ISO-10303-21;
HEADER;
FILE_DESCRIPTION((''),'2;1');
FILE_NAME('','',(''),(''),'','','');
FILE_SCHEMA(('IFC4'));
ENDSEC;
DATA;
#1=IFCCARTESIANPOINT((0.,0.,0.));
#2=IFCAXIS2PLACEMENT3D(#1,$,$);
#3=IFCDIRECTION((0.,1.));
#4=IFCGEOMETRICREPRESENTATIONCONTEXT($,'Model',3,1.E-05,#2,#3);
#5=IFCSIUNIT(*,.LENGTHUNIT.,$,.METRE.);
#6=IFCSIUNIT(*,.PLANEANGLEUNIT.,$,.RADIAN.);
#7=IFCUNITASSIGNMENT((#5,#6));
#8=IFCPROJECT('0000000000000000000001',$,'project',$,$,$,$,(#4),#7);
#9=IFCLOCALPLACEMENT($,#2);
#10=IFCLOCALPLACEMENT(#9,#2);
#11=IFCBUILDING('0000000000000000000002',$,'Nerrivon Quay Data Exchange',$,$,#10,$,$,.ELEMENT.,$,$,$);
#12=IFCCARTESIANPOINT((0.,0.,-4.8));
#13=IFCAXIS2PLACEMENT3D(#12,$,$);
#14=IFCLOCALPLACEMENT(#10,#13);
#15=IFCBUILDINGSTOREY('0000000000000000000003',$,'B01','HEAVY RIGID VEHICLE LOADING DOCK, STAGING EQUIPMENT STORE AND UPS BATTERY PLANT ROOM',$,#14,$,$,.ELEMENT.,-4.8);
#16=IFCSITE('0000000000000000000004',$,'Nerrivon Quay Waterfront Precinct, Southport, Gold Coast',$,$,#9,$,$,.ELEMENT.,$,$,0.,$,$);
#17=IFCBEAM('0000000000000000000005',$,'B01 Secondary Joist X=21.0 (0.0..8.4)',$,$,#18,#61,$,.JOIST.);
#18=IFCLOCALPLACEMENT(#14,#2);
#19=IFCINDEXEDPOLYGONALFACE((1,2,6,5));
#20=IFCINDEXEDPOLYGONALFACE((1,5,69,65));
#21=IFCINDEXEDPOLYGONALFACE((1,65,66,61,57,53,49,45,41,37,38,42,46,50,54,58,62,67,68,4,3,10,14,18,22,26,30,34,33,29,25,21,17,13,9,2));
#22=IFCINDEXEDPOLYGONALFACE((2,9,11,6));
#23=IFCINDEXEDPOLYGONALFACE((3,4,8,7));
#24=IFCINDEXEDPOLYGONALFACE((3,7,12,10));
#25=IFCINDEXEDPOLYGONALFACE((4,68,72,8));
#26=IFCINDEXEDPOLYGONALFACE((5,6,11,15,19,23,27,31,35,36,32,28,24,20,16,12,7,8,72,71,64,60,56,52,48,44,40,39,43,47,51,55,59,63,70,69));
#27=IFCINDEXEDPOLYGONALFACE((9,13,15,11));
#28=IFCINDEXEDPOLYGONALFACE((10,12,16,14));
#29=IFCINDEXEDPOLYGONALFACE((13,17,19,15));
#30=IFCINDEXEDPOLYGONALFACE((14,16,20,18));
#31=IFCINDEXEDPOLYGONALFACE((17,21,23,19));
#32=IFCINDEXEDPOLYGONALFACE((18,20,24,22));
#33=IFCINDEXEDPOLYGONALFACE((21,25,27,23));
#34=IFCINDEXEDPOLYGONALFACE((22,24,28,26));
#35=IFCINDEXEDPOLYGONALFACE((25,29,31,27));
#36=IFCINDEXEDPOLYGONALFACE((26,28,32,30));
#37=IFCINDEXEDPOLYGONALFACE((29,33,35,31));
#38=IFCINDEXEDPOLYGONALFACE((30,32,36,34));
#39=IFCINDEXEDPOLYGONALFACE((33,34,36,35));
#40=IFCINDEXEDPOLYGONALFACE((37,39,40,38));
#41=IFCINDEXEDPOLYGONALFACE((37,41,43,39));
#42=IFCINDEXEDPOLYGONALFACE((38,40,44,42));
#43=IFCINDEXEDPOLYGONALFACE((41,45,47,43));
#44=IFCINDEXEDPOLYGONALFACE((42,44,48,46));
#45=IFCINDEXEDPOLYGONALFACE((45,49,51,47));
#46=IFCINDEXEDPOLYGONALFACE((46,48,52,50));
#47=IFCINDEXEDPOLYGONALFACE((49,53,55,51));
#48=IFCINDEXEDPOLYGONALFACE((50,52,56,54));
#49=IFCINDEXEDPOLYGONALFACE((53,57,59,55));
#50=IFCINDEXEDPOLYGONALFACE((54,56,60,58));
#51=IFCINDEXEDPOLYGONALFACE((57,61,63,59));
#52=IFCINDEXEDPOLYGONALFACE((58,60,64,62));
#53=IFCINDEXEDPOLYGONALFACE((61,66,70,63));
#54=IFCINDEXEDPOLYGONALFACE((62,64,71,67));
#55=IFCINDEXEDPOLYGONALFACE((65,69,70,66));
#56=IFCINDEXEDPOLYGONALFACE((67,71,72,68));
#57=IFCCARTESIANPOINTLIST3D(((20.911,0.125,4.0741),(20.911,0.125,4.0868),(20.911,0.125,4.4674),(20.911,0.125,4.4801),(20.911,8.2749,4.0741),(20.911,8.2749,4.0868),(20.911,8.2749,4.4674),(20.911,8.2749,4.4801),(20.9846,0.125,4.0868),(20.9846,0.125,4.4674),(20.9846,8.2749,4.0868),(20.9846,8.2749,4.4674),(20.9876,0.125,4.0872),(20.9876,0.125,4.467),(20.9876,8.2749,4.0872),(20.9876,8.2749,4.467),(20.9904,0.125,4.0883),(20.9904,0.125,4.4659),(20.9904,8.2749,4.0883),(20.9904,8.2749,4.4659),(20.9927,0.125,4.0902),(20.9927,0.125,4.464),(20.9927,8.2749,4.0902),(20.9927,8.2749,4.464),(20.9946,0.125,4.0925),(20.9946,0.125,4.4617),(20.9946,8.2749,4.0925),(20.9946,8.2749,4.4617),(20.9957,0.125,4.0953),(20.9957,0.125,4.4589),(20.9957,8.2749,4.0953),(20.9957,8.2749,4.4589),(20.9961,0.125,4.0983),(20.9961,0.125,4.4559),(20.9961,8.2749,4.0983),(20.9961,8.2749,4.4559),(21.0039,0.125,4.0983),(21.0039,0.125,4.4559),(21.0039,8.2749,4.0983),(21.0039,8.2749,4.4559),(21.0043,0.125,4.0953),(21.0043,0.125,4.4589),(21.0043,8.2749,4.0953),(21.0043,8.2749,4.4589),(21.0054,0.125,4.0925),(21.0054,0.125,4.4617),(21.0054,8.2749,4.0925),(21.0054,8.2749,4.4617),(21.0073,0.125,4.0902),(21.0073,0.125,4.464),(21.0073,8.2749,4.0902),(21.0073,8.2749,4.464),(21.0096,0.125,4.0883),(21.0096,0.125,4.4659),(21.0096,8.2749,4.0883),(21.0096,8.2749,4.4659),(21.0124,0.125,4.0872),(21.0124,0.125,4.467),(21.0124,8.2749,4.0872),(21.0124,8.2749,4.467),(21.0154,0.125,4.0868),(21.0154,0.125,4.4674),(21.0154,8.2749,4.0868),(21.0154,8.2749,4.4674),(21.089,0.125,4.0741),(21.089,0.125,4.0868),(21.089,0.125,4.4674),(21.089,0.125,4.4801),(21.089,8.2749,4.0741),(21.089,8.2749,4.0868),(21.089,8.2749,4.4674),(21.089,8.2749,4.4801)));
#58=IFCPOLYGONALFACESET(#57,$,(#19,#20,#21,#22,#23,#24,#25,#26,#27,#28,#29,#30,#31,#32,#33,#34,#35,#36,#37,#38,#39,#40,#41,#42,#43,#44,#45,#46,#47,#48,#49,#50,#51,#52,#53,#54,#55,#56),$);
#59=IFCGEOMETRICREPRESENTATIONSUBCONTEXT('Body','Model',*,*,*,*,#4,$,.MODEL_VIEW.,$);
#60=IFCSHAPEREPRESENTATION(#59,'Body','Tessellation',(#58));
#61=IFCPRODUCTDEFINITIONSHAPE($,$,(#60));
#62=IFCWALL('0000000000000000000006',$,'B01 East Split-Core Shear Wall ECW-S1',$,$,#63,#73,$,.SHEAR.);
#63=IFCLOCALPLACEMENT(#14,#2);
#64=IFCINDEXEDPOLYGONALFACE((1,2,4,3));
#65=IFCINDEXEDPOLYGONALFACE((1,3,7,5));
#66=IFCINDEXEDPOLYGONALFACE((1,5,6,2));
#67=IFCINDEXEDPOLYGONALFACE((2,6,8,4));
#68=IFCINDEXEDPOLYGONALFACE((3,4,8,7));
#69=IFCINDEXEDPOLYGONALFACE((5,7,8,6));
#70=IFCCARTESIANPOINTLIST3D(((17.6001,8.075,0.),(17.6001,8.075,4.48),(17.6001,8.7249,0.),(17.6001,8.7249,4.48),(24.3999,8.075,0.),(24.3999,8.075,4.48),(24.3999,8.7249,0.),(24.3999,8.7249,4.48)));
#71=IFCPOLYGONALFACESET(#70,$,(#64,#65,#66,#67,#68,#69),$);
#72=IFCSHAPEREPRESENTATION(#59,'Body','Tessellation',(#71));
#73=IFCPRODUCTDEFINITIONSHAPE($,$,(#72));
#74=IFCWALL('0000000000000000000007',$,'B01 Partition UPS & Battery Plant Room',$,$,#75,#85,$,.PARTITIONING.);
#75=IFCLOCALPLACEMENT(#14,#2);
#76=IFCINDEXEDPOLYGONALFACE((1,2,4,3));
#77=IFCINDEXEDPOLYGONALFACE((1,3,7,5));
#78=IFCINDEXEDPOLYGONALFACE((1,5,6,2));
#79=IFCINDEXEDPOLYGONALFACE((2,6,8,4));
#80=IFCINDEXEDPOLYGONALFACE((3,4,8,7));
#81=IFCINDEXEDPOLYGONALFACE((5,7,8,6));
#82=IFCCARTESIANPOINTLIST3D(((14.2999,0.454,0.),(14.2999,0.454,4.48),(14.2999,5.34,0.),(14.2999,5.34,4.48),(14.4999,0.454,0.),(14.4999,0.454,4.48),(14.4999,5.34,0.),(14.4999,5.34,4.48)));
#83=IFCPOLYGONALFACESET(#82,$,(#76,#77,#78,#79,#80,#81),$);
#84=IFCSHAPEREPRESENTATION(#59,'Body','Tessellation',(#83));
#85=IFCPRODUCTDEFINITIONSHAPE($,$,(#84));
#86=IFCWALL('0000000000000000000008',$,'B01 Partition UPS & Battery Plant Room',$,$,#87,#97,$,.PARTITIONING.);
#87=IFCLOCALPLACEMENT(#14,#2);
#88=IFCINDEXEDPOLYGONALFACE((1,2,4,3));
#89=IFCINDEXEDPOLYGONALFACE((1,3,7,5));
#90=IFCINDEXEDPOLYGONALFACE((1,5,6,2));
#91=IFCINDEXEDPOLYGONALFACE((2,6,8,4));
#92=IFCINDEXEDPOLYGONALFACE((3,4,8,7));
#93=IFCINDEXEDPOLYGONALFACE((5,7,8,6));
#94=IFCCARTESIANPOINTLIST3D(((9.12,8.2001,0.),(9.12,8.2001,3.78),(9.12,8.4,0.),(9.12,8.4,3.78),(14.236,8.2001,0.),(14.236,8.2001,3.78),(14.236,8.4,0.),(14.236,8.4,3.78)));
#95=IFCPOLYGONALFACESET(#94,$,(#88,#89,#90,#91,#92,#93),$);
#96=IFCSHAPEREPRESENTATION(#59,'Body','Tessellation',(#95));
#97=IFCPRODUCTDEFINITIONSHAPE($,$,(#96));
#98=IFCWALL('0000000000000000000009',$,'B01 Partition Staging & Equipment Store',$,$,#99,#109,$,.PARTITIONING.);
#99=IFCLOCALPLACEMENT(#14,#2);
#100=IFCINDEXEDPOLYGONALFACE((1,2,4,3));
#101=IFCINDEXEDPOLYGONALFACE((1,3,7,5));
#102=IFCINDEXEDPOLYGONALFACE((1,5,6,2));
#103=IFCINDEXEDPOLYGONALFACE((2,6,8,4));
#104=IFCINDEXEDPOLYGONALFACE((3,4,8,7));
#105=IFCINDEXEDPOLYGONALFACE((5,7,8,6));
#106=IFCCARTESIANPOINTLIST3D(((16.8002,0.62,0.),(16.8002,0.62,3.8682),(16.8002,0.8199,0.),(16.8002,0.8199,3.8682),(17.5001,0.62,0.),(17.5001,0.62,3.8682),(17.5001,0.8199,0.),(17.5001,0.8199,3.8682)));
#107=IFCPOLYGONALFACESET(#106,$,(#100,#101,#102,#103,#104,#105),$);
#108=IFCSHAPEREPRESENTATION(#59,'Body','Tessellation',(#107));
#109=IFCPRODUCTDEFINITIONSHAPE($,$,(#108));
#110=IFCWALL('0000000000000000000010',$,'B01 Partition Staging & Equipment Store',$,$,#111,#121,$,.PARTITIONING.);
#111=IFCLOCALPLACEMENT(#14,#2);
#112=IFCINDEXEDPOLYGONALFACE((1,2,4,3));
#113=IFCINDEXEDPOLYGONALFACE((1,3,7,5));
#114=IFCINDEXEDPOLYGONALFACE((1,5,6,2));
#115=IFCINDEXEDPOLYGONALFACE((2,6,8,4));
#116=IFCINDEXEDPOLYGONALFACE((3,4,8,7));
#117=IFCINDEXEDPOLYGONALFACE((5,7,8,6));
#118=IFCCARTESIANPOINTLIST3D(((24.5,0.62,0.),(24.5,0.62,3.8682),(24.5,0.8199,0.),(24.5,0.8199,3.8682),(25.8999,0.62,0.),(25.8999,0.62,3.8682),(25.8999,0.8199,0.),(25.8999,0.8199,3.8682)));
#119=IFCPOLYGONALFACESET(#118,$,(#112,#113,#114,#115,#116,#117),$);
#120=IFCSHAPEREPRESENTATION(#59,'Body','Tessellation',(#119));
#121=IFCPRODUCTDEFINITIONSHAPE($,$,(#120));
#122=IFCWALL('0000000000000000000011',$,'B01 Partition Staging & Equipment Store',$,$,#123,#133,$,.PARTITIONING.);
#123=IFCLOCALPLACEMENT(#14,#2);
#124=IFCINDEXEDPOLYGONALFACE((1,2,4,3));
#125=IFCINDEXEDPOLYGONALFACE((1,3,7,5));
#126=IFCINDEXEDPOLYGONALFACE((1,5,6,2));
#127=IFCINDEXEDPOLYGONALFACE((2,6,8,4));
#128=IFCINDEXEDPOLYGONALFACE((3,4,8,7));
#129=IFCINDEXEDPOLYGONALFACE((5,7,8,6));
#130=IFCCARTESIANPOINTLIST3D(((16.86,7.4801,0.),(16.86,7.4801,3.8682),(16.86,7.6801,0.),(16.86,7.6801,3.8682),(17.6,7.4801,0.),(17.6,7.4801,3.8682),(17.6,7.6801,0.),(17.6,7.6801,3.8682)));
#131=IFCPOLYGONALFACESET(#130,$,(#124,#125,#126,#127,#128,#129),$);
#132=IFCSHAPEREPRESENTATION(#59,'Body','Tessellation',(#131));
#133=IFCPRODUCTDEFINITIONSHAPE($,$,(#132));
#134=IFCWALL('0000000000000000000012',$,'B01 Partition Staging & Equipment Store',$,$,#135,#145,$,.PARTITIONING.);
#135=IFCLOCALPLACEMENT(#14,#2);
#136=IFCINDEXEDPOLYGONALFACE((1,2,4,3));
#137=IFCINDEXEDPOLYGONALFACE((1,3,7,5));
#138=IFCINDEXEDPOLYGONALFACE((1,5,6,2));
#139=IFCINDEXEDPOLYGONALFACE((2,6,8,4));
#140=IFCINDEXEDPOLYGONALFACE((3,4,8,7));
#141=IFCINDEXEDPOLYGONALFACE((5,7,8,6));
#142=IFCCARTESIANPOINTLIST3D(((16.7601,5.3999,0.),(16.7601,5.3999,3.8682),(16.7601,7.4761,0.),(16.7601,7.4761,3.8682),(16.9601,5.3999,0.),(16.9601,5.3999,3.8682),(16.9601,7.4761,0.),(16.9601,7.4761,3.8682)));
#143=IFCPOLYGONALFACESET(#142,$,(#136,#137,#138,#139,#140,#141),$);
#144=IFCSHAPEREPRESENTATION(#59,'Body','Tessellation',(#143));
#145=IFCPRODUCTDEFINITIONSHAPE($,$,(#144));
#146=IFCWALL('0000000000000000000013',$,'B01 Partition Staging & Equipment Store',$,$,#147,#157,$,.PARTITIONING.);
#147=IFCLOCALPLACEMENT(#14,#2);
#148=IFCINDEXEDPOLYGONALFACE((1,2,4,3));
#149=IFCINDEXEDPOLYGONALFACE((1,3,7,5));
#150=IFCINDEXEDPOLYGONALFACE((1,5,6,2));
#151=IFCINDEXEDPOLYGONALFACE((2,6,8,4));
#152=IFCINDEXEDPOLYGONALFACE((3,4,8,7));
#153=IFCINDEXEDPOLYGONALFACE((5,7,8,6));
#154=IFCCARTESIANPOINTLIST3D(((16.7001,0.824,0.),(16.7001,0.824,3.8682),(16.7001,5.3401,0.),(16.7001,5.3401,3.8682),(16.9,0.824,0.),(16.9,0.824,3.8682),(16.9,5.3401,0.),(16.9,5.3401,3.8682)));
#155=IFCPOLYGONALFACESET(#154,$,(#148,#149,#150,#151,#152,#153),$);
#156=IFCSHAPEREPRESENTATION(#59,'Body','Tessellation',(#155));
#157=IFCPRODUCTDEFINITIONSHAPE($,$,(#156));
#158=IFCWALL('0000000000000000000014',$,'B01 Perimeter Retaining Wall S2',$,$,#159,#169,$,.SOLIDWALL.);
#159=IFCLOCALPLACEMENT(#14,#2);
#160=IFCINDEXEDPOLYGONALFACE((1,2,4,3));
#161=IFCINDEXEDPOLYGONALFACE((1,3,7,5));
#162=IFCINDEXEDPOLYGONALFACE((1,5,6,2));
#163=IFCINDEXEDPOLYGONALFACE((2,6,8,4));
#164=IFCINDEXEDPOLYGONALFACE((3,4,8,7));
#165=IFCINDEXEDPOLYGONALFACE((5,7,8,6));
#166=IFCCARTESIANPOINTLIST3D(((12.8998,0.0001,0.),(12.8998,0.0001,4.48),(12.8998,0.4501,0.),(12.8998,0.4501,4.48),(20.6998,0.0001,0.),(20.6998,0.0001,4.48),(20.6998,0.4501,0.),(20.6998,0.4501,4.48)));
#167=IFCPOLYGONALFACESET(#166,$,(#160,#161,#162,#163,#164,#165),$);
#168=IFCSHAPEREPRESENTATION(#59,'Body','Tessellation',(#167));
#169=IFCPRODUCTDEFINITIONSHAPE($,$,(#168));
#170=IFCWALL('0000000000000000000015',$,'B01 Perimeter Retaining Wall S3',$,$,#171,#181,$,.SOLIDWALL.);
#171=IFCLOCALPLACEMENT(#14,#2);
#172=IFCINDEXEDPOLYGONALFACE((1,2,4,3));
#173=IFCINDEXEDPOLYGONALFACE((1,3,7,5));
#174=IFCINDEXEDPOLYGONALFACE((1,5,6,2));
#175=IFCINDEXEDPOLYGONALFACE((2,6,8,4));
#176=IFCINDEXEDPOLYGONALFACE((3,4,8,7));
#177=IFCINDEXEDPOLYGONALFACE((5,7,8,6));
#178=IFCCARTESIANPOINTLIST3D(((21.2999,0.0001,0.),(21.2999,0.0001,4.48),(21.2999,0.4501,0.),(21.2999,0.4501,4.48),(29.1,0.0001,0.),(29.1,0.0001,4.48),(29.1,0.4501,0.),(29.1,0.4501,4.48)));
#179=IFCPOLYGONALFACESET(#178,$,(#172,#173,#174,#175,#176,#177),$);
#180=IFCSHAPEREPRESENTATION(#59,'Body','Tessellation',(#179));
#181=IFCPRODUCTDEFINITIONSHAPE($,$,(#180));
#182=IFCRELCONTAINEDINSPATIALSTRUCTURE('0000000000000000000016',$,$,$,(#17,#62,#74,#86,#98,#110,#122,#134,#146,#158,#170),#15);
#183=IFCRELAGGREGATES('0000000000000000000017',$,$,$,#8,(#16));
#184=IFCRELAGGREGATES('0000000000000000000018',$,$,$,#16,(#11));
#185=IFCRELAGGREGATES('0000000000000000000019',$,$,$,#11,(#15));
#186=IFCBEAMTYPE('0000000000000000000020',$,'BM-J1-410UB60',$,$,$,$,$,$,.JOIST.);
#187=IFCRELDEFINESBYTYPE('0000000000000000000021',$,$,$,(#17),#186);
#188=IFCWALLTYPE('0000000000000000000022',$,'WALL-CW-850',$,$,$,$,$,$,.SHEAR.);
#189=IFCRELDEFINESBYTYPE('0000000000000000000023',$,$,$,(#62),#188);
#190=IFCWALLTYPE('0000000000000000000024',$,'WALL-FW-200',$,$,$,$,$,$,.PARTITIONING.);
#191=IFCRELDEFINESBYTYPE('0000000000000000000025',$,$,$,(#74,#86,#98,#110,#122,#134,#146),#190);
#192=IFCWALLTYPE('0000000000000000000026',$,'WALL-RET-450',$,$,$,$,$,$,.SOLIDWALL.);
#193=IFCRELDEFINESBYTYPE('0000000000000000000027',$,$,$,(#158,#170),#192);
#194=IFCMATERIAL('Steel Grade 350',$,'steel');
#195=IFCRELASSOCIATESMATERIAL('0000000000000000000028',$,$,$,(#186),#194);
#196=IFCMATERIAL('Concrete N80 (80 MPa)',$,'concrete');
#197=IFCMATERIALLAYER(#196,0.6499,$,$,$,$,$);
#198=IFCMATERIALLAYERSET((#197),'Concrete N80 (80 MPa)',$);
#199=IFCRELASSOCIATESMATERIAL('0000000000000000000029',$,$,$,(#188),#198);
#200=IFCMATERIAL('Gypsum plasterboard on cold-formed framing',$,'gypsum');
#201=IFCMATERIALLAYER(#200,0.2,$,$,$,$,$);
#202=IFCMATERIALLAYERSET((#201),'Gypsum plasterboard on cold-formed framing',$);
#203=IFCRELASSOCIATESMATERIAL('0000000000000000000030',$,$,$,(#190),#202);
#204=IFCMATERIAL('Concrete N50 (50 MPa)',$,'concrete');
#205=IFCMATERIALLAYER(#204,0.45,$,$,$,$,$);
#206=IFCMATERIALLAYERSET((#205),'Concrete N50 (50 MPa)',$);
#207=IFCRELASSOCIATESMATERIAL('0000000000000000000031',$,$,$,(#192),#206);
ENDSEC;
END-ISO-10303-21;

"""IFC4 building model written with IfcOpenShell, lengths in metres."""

from ifc_helpers import new_model, si_unit, direction, frame, frame_2d, origin, origin_2d, place, context, subcontext, project, spatial, rectangle, i_section, extrude, material, layer, layer_set, material_profile, profile_set, type_object, element, save


model = new_model("IFC4")

# Units and contexts
model_context = context("Model", 3, precision=1e-05, world=origin(), true_north=direction((0.0, 1.0)))
body_context = subcontext(model_context, "Body", "Model", "MODEL_VIEW")
ifc_project = project(units=[si_unit("LENGTHUNIT", "METRE"), si_unit("PLANEANGLEUNIT", "RADIAN")], contexts=[model_context])

# Site, building, storey
site_placement = place(None, origin())
site = spatial("IfcSite", under=ifc_project, at=site_placement, Name="Nerrivon Quay Waterfront Precinct, Southport, Gold Coast", CompositionType="ELEMENT", RefElevation=0.0)
building_placement = place(site_placement, origin())
building = spatial("IfcBuilding", under=site, at=building_placement, Name="Nerrivon Quay Data Exchange", CompositionType="ELEMENT")
storey_placement = place(building_placement, frame((0.0, 0.0, -4.8)))
storey = spatial("IfcBuildingStorey", under=building, at=storey_placement, Name="B01", Description="HEAVY RIGID VEHICLE LOADING DOCK, STAGING EQUIPMENT STORE AND UPS BATTERY PLANT ROOM", CompositionType="ELEMENT", Elevation=-4.8)

# Shared definitions
ifc_material_1 = material(Name="Concrete N80 (80 MPa)", Category="concrete")

# Beam
ifc_material_2 = material(Name="Steel Grade 350", Category="steel")
ifc_material_profile_1 = material_profile(ifc_material_2, i_section(OverallWidth=0.178, OverallDepth=0.406, WebThickness=0.0078, FlangeThickness=0.0127, FilletRadius=0.0115, at=origin_2d()), Name="410UB59.7")
ifc_profile_set_1 = profile_set([ifc_material_profile_1], Name="Steel Grade 350")
beam_type_1 = type_object("IfcBeamType", Name="BM-J1-410UB60", PredefinedType="JOIST", material=ifc_profile_set_1)
beam_placement = place(storey_placement, frame((21.0, 0.125, 4.2771), z_axis=(0.0, 1.0, 0.0), x_axis=(-1.0, 0.0, 0.0)))
element("IfcBeam", 1, at=beam_placement, inside=storey, type_object=beam_type_1, Name="B01 Secondary Joist X=21.0 (0.0..8.4)", PredefinedType="JOIST", context=body_context, shape_type="SweptSolid", body=[
    extrude(i_section(OverallWidth=0.178, OverallDepth=0.406, WebThickness=0.0078, FlangeThickness=0.0127, FilletRadius=0.0115, at=origin_2d()), origin(), (0.0, 0.0, 1.0), 8.1499),
])

# Walls
ifc_layer_1 = layer(ifc_material_1, 0.6499)
ifc_layer_set_1 = layer_set([ifc_layer_1], Name="Concrete N80 (80 MPa)")
wall_type_1 = type_object("IfcWallType", Name="WALL-CW-850", PredefinedType="SHEAR", material=ifc_layer_set_1)
wall_1_placement = place(storey_placement, frame((17.6001, 8.3999, 0.0), z_axis=(0.0, 0.0, 1.0), x_axis=(1.0, 0.0, 0.0)))
element("IfcWall", 2, at=wall_1_placement, inside=storey, type_object=wall_type_1, Name="B01 East Split-Core Shear Wall ECW-S1", PredefinedType="SHEAR", context=body_context, shape_type="SweptSolid", body=[
    extrude(rectangle(XDim=6.7998, YDim=0.6499, at=frame_2d((3.3999, 0.0))), origin(), (0.0, 0.0, 1.0), 4.48),
])
ifc_material_3 = material(Name="Gypsum plasterboard on cold-formed framing", Category="gypsum")
ifc_layer_2 = layer(ifc_material_3, 0.2)
ifc_layer_set_2 = layer_set([ifc_layer_2], Name="Gypsum plasterboard on cold-formed framing")
wall_type_2 = type_object("IfcWallType", Name="WALL-FW-200", PredefinedType="PARTITIONING", material=ifc_layer_set_2)
wall_2_placement = place(storey_placement, frame((14.3999, 0.4541, 0.0), z_axis=(0.0, 0.0, 1.0), x_axis=(0.0, 1.0, 0.0)))
element("IfcWall", 3, at=wall_2_placement, inside=storey, type_object=wall_type_2, Name="B01 Partition UPS & Battery Plant Room", PredefinedType="PARTITIONING", context=body_context, shape_type="SweptSolid", body=[
    extrude(rectangle(XDim=4.886, YDim=0.2, at=frame_2d((2.4429, 0.0))), origin(), (0.0, 0.0, 1.0), 4.48),
])

# Walls
wall_3_placement = place(storey_placement, frame((14.2361, 8.3, 0.0), z_axis=(0.0, 0.0, 1.0), x_axis=(-1.0, 0.0, 0.0)))
element("IfcWall", 4, at=wall_3_placement, inside=storey, type_object=wall_type_2, Name="B01 Partition UPS & Battery Plant Room", PredefinedType="PARTITIONING", context=body_context, shape_type="SweptSolid", body=[
    extrude(rectangle(XDim=5.116, YDim=0.2, at=frame_2d((2.5581, 0.0))), origin(), (0.0, 0.0, 1.0), 3.78),
])
wall_4_placement = place(storey_placement, frame((16.8, 0.72, 0.0), z_axis=(0.0, 0.0, 1.0), x_axis=(1.0, 0.0, 0.0)))
element("IfcWall", 5, at=wall_4_placement, inside=storey, type_object=wall_type_2, Name="B01 Partition Staging & Equipment Store", PredefinedType="PARTITIONING", context=body_context, shape_type="SweptSolid", body=[
    extrude(rectangle(XDim=0.7, YDim=0.2, at=frame_2d((0.3501, 0.0))), origin(), (0.0, 0.0, 1.0), 3.8682),
])
wall_5_placement = place(storey_placement, frame((24.5, 0.72, 0.0), z_axis=(0.0, 0.0, 1.0), x_axis=(1.0, 0.0, 0.0)))
element("IfcWall", 6, at=wall_5_placement, inside=storey, type_object=wall_type_2, Name="B01 Partition Staging & Equipment Store", PredefinedType="PARTITIONING", context=body_context, shape_type="SweptSolid", body=[
    extrude(rectangle(XDim=1.3999, YDim=0.2, at=frame_2d((0.7, 0.0))), origin(), (0.0, 0.0, 1.0), 3.8682),
])
wall_6_placement = place(storey_placement, frame((17.6001, 7.5801, 0.0), z_axis=(0.0, 0.0, 1.0), x_axis=(-1.0, 0.0, 0.0)))
element("IfcWall", 7, at=wall_6_placement, inside=storey, type_object=wall_type_2, Name="B01 Partition Staging & Equipment Store", PredefinedType="PARTITIONING", context=body_context, shape_type="SweptSolid", body=[
    extrude(rectangle(XDim=0.74, YDim=0.2, at=frame_2d((0.3701, 0.0))), origin(), (0.0, 0.0, 1.0), 3.8682),
])
wall_7_placement = place(storey_placement, frame((16.8601, 7.4761, 0.0), z_axis=(0.0, 0.0, 1.0), x_axis=(0.0, -1.0, 0.0)))
element("IfcWall", 8, at=wall_7_placement, inside=storey, type_object=wall_type_2, Name="B01 Partition Staging & Equipment Store", PredefinedType="PARTITIONING", context=body_context, shape_type="SweptSolid", body=[
    extrude(rectangle(XDim=2.0762, YDim=0.2, at=frame_2d((1.0381, 0.0))), origin(), (0.0, 0.0, 1.0), 3.8682),
])
wall_8_placement = place(storey_placement, frame((16.8, 5.3401, 0.0), z_axis=(0.0, 0.0, 1.0), x_axis=(0.0, -1.0, 0.0)))
element("IfcWall", 9, at=wall_8_placement, inside=storey, type_object=wall_type_2, Name="B01 Partition Staging & Equipment Store", PredefinedType="PARTITIONING", context=body_context, shape_type="SweptSolid", body=[
    extrude(rectangle(XDim=4.5161, YDim=0.2, at=frame_2d((2.2581, 0.0))), origin(), (0.0, 0.0, 1.0), 3.8682),
])
ifc_material_4 = material(Name="Concrete N50 (50 MPa)", Category="concrete")
ifc_layer_3 = layer(ifc_material_4, 0.45)
ifc_layer_set_3 = layer_set([ifc_layer_3], Name="Concrete N50 (50 MPa)")
wall_type_3 = type_object("IfcWallType", Name="WALL-RET-450", PredefinedType="SOLIDWALL", material=ifc_layer_set_3)
for number, where, z_axis, x_axis, name in (
    (10, (12.8999, 0.2251, 0.0), (0.0, 0.0, 1.0), (1.0, 0.0, 0.0), "B01 Perimeter Retaining Wall S2"),
    (11, (21.3, 0.2251, 0.0), (0.0, 0.0, 1.0), (1.0, 0.0, 0.0), "B01 Perimeter Retaining Wall S3"),
):
    element("IfcWall", number, at=place(storey_placement, frame(where, z_axis=z_axis, x_axis=x_axis)), inside=storey, type_object=wall_type_3, Name=name, PredefinedType="SOLIDWALL", context=body_context, shape_type="SweptSolid", body=[
        extrude(rectangle(XDim=7.8, YDim=0.45, at=frame_2d((3.8999, 0.0))), origin(), (0.0, 0.0, 1.0), 4.48),
    ])

save(model, "model.ifc")
